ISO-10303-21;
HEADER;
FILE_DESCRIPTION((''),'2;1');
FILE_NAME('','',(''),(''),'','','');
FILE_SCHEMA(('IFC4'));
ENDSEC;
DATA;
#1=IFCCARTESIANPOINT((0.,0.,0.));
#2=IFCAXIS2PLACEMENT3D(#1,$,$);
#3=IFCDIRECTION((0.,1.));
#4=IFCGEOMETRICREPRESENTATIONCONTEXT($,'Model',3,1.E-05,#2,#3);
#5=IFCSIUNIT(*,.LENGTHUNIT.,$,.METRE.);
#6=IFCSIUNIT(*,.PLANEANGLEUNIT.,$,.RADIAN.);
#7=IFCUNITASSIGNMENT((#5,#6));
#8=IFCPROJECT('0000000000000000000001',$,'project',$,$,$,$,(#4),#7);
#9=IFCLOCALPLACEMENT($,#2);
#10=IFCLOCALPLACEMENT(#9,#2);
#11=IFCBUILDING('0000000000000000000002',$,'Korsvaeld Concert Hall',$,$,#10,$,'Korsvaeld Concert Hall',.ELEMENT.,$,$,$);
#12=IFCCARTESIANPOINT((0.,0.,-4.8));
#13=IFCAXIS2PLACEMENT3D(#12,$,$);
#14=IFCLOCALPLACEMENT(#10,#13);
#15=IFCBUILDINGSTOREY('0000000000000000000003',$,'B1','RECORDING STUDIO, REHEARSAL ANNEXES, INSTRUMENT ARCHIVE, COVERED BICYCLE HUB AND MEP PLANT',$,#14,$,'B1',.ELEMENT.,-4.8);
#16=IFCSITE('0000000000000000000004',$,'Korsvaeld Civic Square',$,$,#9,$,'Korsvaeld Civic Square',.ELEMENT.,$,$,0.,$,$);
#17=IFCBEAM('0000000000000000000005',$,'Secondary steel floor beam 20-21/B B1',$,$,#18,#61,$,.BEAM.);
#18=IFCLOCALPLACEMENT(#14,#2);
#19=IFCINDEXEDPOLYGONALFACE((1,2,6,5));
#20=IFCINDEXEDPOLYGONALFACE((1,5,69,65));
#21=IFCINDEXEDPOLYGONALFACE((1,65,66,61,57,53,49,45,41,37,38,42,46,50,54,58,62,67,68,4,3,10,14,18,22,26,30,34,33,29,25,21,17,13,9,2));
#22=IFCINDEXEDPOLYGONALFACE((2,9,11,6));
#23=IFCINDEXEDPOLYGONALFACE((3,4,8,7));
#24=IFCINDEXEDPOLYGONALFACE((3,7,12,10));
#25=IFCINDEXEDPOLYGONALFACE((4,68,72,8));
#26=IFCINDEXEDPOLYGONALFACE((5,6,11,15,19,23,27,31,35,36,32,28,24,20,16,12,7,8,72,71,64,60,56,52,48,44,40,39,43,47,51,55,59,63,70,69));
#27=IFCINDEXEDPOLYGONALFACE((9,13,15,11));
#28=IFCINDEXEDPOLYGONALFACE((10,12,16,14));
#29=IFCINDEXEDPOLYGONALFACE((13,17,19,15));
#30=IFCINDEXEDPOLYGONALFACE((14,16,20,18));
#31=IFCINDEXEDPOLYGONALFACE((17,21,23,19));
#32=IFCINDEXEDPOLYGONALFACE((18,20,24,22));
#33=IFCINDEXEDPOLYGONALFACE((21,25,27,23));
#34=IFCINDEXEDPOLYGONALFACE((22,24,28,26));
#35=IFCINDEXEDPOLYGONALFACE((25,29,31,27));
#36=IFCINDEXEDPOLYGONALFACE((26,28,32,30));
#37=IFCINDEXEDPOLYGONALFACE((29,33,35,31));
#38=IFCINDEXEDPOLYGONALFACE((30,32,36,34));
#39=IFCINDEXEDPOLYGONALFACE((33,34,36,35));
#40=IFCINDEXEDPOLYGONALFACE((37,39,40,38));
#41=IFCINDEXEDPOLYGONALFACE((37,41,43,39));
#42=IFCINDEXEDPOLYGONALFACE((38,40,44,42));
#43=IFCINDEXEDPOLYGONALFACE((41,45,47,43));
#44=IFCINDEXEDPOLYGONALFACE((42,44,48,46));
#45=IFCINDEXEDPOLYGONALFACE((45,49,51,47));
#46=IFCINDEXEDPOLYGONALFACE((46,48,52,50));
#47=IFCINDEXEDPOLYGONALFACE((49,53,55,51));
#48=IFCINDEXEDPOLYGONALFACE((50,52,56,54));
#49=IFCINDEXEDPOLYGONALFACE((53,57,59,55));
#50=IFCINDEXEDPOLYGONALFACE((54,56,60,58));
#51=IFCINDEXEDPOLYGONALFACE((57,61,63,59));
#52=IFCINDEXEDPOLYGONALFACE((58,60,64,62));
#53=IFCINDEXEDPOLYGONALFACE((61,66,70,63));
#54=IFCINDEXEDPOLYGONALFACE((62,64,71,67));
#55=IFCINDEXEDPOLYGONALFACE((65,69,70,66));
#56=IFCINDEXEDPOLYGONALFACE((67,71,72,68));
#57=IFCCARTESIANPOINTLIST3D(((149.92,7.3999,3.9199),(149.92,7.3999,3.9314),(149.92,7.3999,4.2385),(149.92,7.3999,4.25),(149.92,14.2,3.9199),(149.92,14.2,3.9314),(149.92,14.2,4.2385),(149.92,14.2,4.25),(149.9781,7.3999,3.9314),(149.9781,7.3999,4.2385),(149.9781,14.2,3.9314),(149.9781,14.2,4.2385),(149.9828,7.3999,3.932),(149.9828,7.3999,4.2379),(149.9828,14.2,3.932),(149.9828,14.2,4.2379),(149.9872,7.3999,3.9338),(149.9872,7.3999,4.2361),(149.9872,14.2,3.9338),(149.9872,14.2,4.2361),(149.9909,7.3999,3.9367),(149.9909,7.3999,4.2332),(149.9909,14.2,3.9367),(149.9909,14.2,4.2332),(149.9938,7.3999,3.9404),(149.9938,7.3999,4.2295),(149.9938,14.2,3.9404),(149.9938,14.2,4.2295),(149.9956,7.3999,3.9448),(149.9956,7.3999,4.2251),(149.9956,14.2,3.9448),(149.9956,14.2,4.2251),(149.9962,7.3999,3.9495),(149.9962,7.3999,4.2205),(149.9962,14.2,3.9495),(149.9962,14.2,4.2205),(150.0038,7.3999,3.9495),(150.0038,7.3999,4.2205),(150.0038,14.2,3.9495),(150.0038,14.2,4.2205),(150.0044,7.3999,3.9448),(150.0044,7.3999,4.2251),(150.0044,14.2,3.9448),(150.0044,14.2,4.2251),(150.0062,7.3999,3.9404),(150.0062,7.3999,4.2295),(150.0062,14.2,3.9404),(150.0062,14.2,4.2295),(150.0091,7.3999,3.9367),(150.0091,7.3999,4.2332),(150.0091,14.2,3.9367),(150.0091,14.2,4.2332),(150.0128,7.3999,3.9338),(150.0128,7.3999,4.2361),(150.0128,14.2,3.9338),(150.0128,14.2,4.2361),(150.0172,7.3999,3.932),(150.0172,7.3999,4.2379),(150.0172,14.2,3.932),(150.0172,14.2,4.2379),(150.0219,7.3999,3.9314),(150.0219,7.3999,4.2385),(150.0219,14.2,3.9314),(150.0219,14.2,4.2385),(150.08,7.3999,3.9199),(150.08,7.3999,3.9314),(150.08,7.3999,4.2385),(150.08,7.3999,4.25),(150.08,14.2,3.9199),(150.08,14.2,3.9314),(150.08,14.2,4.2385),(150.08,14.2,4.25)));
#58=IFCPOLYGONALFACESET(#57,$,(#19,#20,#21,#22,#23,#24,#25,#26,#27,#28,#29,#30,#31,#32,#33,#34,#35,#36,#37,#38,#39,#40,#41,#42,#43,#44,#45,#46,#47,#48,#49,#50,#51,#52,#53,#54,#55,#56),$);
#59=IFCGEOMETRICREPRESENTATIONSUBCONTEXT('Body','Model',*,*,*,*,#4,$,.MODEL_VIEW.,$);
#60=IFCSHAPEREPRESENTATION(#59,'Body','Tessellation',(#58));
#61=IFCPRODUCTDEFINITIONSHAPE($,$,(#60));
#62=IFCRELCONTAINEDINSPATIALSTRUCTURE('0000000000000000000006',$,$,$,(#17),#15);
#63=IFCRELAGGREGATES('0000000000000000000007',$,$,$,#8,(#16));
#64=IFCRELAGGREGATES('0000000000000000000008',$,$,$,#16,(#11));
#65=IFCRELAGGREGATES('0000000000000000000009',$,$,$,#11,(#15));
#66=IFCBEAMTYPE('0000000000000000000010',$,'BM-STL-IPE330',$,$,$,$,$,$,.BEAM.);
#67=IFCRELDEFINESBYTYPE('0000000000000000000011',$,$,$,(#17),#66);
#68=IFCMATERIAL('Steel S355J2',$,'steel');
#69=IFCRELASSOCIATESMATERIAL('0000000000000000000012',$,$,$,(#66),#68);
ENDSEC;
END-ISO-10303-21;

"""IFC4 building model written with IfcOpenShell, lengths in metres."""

from ifc_helpers import new_model, si_unit, direction, frame, origin, origin_2d, place, context, subcontext, project, spatial, i_section, extrude, material, material_profile, profile_set, type_object, element, save


model = new_model("IFC4")

# Units and contexts
model_context = context("Model", 3, precision=1e-05, world=origin(), true_north=direction((0.0, 1.0)))
body_context = subcontext(model_context, "Body", "Model", "MODEL_VIEW")
ifc_project = project(units=[si_unit("LENGTHUNIT", "METRE"), si_unit("PLANEANGLEUNIT", "RADIAN")], contexts=[model_context])

# Site, building, storey
site_placement = place(None, origin())
site = spatial("IfcSite", under=ifc_project, at=site_placement, Name="Korsvaeld Civic Square", LongName="Korsvaeld Civic Square", CompositionType="ELEMENT", RefElevation=0.0)
building_placement = place(site_placement, origin())
building = spatial("IfcBuilding", under=site, at=building_placement, Name="Korsvaeld Concert Hall", LongName="Korsvaeld Concert Hall", CompositionType="ELEMENT")
storey_placement = place(building_placement, frame((0.0, 0.0, -4.8)))
storey = spatial("IfcBuildingStorey", under=building, at=storey_placement, Name="B1", Description="RECORDING STUDIO, REHEARSAL ANNEXES, INSTRUMENT ARCHIVE, COVERED BICYCLE HUB AND MEP PLANT", LongName="B1", CompositionType="ELEMENT", Elevation=-4.8)

# Beam
ifc_material_1 = material(Name="Steel S355J2", Category="steel")
ifc_material_profile_1 = material_profile(ifc_material_1, i_section(OverallWidth=0.1599, OverallDepth=0.3301, WebThickness=0.0076, FlangeThickness=0.0115, FilletRadius=0.0181, at=origin_2d()), Name="IPE 330")
ifc_profile_set_1 = profile_set([ifc_material_profile_1], Name="Steel S355J2")
beam_type_1 = type_object("IfcBeamType", Name="BM-STL-IPE330", PredefinedType="BEAM", material=ifc_profile_set_1)
beam_1_placement = place(storey_placement, frame((150.0, 7.3999, 4.085), z_axis=(0.0, 1.0, 0.0), x_axis=(-1.0, 0.0, 0.0)))
element("IfcBeam", 1, at=beam_1_placement, inside=storey, type_object=beam_type_1, Name="Secondary steel floor beam 20-21/B B1", PredefinedType="BEAM", context=body_context, shape_type="SweptSolid", body=[
    extrude(i_section(OverallWidth=0.1599, OverallDepth=0.3301, WebThickness=0.0076, FlangeThickness=0.0115, FilletRadius=0.0181, at=origin_2d()), origin(), (0.0, 0.0, 1.0), 6.8),
])

save(model, "model.ifc")
